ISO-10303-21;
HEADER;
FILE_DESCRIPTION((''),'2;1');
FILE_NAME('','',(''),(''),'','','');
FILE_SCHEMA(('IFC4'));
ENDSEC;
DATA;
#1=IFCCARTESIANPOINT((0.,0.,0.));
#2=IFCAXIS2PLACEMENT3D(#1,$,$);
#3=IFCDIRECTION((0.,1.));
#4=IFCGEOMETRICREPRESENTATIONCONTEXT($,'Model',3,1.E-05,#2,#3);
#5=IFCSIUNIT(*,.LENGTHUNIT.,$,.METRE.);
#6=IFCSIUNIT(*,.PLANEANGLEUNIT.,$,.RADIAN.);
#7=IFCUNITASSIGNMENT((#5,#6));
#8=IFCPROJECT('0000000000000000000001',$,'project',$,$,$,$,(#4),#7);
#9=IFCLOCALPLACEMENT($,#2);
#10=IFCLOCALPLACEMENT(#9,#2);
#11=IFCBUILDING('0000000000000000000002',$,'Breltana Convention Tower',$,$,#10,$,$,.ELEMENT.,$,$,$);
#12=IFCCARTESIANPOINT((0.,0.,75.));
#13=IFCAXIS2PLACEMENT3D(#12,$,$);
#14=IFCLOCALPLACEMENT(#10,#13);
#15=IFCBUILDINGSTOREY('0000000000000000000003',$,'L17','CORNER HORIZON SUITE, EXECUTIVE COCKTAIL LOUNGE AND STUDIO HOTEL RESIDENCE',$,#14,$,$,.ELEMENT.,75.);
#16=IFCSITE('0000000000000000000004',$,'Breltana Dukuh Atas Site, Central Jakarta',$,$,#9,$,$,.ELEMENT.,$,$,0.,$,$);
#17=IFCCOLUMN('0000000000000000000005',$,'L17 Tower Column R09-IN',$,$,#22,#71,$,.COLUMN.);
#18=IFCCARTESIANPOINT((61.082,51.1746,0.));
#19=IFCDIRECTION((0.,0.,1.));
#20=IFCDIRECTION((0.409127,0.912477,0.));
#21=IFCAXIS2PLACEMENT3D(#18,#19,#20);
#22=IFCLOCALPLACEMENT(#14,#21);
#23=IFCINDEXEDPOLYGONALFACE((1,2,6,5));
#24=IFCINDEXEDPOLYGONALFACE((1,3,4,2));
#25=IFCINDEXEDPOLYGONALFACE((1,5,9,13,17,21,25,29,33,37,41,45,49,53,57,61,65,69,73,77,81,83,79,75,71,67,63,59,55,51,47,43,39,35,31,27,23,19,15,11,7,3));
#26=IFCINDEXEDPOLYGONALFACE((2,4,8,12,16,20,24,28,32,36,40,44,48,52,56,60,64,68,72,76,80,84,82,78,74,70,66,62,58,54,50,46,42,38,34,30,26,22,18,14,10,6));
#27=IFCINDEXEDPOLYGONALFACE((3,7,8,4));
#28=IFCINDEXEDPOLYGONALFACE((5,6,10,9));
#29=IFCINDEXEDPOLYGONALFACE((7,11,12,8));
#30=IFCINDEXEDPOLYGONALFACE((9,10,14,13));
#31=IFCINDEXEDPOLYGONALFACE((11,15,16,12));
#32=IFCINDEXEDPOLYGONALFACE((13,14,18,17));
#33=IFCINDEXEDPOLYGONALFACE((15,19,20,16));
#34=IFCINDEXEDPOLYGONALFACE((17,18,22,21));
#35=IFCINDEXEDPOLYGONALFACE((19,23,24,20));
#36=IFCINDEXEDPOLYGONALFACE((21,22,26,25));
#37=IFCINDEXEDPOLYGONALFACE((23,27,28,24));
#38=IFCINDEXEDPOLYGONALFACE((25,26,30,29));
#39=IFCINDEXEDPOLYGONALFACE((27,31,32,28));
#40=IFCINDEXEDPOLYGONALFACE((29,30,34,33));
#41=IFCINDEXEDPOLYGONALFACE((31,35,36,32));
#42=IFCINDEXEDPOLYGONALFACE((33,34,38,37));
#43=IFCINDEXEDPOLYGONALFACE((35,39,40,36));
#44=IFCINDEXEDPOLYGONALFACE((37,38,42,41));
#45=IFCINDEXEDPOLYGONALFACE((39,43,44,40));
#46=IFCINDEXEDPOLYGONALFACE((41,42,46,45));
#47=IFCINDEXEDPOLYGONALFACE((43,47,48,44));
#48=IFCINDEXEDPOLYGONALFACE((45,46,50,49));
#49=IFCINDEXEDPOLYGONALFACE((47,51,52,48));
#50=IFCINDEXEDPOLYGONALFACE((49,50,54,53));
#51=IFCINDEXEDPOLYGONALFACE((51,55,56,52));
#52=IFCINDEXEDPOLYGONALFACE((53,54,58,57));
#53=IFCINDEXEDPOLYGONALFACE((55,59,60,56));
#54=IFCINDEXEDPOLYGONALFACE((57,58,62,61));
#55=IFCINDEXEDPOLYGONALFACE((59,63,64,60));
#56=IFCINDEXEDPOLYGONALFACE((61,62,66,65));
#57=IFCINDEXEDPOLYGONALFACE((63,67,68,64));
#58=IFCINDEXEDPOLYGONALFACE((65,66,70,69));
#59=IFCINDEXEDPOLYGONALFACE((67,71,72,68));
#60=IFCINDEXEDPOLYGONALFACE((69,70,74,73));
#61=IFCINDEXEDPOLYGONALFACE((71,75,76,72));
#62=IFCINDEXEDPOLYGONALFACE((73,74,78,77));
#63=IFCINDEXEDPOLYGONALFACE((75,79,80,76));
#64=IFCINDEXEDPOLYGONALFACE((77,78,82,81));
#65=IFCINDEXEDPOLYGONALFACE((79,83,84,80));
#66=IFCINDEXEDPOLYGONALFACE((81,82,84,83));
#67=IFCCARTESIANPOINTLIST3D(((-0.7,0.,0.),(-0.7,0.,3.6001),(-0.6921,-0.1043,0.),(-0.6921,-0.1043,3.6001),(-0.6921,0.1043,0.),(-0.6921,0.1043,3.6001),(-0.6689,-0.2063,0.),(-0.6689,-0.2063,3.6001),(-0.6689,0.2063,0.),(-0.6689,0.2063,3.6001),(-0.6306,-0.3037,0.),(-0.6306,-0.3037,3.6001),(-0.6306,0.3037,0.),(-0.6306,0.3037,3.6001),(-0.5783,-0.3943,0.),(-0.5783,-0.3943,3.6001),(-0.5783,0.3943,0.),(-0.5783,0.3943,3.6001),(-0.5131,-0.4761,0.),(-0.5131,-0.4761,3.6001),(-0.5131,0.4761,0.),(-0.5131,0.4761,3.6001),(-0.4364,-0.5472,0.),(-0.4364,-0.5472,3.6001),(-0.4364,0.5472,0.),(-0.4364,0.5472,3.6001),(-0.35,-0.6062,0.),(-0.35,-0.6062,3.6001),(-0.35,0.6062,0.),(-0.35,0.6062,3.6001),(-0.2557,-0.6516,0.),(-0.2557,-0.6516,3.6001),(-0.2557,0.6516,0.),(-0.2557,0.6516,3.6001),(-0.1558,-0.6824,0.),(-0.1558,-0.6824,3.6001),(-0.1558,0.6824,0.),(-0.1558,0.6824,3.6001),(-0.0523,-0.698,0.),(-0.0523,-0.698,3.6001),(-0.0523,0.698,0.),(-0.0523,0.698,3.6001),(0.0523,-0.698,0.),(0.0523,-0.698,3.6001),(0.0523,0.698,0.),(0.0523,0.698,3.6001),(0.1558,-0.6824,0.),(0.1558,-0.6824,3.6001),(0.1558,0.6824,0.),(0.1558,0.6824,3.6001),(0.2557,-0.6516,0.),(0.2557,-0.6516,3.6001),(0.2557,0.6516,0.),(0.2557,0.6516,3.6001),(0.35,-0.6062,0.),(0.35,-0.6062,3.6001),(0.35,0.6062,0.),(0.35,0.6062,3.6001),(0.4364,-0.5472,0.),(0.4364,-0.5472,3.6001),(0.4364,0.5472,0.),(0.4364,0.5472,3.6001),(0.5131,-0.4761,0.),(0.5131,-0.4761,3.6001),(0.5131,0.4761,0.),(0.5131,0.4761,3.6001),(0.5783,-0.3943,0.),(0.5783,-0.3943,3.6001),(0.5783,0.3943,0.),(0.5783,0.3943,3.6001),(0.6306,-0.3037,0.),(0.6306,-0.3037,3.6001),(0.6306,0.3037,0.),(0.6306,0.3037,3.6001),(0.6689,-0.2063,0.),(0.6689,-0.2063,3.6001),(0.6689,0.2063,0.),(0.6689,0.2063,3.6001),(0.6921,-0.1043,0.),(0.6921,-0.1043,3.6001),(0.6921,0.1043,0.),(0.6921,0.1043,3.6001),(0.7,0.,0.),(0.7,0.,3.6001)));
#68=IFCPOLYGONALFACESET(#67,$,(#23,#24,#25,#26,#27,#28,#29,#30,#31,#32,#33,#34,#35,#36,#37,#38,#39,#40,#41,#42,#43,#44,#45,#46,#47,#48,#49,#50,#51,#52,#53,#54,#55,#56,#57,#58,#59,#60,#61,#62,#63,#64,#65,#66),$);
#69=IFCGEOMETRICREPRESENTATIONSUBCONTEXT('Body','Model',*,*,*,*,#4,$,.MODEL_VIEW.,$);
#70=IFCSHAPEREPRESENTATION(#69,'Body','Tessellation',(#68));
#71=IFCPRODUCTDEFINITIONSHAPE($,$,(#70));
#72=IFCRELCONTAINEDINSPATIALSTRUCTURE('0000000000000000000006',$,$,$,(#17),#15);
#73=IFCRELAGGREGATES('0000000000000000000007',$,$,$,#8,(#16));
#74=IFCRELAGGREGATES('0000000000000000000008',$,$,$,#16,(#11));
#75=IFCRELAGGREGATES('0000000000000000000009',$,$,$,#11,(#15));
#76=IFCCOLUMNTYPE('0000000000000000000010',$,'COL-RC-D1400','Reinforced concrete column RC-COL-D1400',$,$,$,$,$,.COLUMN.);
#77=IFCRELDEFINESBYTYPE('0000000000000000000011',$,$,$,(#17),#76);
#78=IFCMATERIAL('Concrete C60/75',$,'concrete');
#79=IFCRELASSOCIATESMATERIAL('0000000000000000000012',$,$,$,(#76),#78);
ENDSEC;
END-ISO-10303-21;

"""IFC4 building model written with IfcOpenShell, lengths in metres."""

from ifc_helpers import new_model, si_unit, direction, frame, origin, origin_2d, place, context, subcontext, project, spatial, circle, extrude, source, transform, mapped, material, material_profile, profile_set, type_object, element, save


model = new_model("IFC4")

# Units and contexts
model_context = context("Model", 3, precision=1e-05, world=origin(), true_north=direction((0.0, 1.0)))
body_context = subcontext(model_context, "Body", "Model", "MODEL_VIEW")
ifc_project = project(units=[si_unit("LENGTHUNIT", "METRE"), si_unit("PLANEANGLEUNIT", "RADIAN")], contexts=[model_context])

# Site, building, storey
site_placement = place(None, origin())
site = spatial("IfcSite", under=ifc_project, at=site_placement, Name="Breltana Dukuh Atas Site, Central Jakarta", CompositionType="ELEMENT", RefElevation=0.0)
building_placement = place(site_placement, origin())
building = spatial("IfcBuilding", under=site, at=building_placement, Name="Breltana Convention Tower", CompositionType="ELEMENT")
storey_placement = place(building_placement, frame((0.0, 0.0, 75.0)))
storey = spatial("IfcBuildingStorey", under=building, at=storey_placement, Name="L17", Description="CORNER HORIZON SUITE, EXECUTIVE COCKTAIL LOUNGE AND STUDIO HOTEL RESIDENCE", CompositionType="ELEMENT", Elevation=75.0)

# Column
ifc_material_1 = material(Name="Concrete C60/75", Category="concrete")
ifc_material_profile_1 = material_profile(ifc_material_1, circle(Radius=0.7, at=origin_2d()), Name="RC-COL-D1400")
ifc_profile_set_1 = profile_set([ifc_material_profile_1], Name="Concrete C60/75")
column_type = type_object("IfcColumnType", Name="COL-RC-D1400", Description="Reinforced concrete column RC-COL-D1400", PredefinedType="COLUMN", material=ifc_profile_set_1)
shared_shape_1 = source(origin(), body_context, "Body", "SweptSolid", [
    extrude(circle(Radius=0.7, at=origin_2d()), origin(), (0.0, 0.0, 1.0), 3.6001),
])
for number, where, z_axis, x_axis, name in (
    (1, (61.082, 51.1746, 0.0), (0.0, 0.0, 1.0), (0.409127, 0.912477, 0.0), "L17 Tower Column R09-IN"),
):
    element("IfcColumn", number, at=place(storey_placement, frame(where, z_axis=z_axis, x_axis=x_axis)), inside=storey, type_object=column_type, Name=name, PredefinedType="COLUMN", context=body_context, shape_type="MappedRepresentation", body=[
        mapped(shared_shape_1, transform((0.0, 0.0, 0.0), scale=1.0)),
    ])

save(model, "model.ifc")
